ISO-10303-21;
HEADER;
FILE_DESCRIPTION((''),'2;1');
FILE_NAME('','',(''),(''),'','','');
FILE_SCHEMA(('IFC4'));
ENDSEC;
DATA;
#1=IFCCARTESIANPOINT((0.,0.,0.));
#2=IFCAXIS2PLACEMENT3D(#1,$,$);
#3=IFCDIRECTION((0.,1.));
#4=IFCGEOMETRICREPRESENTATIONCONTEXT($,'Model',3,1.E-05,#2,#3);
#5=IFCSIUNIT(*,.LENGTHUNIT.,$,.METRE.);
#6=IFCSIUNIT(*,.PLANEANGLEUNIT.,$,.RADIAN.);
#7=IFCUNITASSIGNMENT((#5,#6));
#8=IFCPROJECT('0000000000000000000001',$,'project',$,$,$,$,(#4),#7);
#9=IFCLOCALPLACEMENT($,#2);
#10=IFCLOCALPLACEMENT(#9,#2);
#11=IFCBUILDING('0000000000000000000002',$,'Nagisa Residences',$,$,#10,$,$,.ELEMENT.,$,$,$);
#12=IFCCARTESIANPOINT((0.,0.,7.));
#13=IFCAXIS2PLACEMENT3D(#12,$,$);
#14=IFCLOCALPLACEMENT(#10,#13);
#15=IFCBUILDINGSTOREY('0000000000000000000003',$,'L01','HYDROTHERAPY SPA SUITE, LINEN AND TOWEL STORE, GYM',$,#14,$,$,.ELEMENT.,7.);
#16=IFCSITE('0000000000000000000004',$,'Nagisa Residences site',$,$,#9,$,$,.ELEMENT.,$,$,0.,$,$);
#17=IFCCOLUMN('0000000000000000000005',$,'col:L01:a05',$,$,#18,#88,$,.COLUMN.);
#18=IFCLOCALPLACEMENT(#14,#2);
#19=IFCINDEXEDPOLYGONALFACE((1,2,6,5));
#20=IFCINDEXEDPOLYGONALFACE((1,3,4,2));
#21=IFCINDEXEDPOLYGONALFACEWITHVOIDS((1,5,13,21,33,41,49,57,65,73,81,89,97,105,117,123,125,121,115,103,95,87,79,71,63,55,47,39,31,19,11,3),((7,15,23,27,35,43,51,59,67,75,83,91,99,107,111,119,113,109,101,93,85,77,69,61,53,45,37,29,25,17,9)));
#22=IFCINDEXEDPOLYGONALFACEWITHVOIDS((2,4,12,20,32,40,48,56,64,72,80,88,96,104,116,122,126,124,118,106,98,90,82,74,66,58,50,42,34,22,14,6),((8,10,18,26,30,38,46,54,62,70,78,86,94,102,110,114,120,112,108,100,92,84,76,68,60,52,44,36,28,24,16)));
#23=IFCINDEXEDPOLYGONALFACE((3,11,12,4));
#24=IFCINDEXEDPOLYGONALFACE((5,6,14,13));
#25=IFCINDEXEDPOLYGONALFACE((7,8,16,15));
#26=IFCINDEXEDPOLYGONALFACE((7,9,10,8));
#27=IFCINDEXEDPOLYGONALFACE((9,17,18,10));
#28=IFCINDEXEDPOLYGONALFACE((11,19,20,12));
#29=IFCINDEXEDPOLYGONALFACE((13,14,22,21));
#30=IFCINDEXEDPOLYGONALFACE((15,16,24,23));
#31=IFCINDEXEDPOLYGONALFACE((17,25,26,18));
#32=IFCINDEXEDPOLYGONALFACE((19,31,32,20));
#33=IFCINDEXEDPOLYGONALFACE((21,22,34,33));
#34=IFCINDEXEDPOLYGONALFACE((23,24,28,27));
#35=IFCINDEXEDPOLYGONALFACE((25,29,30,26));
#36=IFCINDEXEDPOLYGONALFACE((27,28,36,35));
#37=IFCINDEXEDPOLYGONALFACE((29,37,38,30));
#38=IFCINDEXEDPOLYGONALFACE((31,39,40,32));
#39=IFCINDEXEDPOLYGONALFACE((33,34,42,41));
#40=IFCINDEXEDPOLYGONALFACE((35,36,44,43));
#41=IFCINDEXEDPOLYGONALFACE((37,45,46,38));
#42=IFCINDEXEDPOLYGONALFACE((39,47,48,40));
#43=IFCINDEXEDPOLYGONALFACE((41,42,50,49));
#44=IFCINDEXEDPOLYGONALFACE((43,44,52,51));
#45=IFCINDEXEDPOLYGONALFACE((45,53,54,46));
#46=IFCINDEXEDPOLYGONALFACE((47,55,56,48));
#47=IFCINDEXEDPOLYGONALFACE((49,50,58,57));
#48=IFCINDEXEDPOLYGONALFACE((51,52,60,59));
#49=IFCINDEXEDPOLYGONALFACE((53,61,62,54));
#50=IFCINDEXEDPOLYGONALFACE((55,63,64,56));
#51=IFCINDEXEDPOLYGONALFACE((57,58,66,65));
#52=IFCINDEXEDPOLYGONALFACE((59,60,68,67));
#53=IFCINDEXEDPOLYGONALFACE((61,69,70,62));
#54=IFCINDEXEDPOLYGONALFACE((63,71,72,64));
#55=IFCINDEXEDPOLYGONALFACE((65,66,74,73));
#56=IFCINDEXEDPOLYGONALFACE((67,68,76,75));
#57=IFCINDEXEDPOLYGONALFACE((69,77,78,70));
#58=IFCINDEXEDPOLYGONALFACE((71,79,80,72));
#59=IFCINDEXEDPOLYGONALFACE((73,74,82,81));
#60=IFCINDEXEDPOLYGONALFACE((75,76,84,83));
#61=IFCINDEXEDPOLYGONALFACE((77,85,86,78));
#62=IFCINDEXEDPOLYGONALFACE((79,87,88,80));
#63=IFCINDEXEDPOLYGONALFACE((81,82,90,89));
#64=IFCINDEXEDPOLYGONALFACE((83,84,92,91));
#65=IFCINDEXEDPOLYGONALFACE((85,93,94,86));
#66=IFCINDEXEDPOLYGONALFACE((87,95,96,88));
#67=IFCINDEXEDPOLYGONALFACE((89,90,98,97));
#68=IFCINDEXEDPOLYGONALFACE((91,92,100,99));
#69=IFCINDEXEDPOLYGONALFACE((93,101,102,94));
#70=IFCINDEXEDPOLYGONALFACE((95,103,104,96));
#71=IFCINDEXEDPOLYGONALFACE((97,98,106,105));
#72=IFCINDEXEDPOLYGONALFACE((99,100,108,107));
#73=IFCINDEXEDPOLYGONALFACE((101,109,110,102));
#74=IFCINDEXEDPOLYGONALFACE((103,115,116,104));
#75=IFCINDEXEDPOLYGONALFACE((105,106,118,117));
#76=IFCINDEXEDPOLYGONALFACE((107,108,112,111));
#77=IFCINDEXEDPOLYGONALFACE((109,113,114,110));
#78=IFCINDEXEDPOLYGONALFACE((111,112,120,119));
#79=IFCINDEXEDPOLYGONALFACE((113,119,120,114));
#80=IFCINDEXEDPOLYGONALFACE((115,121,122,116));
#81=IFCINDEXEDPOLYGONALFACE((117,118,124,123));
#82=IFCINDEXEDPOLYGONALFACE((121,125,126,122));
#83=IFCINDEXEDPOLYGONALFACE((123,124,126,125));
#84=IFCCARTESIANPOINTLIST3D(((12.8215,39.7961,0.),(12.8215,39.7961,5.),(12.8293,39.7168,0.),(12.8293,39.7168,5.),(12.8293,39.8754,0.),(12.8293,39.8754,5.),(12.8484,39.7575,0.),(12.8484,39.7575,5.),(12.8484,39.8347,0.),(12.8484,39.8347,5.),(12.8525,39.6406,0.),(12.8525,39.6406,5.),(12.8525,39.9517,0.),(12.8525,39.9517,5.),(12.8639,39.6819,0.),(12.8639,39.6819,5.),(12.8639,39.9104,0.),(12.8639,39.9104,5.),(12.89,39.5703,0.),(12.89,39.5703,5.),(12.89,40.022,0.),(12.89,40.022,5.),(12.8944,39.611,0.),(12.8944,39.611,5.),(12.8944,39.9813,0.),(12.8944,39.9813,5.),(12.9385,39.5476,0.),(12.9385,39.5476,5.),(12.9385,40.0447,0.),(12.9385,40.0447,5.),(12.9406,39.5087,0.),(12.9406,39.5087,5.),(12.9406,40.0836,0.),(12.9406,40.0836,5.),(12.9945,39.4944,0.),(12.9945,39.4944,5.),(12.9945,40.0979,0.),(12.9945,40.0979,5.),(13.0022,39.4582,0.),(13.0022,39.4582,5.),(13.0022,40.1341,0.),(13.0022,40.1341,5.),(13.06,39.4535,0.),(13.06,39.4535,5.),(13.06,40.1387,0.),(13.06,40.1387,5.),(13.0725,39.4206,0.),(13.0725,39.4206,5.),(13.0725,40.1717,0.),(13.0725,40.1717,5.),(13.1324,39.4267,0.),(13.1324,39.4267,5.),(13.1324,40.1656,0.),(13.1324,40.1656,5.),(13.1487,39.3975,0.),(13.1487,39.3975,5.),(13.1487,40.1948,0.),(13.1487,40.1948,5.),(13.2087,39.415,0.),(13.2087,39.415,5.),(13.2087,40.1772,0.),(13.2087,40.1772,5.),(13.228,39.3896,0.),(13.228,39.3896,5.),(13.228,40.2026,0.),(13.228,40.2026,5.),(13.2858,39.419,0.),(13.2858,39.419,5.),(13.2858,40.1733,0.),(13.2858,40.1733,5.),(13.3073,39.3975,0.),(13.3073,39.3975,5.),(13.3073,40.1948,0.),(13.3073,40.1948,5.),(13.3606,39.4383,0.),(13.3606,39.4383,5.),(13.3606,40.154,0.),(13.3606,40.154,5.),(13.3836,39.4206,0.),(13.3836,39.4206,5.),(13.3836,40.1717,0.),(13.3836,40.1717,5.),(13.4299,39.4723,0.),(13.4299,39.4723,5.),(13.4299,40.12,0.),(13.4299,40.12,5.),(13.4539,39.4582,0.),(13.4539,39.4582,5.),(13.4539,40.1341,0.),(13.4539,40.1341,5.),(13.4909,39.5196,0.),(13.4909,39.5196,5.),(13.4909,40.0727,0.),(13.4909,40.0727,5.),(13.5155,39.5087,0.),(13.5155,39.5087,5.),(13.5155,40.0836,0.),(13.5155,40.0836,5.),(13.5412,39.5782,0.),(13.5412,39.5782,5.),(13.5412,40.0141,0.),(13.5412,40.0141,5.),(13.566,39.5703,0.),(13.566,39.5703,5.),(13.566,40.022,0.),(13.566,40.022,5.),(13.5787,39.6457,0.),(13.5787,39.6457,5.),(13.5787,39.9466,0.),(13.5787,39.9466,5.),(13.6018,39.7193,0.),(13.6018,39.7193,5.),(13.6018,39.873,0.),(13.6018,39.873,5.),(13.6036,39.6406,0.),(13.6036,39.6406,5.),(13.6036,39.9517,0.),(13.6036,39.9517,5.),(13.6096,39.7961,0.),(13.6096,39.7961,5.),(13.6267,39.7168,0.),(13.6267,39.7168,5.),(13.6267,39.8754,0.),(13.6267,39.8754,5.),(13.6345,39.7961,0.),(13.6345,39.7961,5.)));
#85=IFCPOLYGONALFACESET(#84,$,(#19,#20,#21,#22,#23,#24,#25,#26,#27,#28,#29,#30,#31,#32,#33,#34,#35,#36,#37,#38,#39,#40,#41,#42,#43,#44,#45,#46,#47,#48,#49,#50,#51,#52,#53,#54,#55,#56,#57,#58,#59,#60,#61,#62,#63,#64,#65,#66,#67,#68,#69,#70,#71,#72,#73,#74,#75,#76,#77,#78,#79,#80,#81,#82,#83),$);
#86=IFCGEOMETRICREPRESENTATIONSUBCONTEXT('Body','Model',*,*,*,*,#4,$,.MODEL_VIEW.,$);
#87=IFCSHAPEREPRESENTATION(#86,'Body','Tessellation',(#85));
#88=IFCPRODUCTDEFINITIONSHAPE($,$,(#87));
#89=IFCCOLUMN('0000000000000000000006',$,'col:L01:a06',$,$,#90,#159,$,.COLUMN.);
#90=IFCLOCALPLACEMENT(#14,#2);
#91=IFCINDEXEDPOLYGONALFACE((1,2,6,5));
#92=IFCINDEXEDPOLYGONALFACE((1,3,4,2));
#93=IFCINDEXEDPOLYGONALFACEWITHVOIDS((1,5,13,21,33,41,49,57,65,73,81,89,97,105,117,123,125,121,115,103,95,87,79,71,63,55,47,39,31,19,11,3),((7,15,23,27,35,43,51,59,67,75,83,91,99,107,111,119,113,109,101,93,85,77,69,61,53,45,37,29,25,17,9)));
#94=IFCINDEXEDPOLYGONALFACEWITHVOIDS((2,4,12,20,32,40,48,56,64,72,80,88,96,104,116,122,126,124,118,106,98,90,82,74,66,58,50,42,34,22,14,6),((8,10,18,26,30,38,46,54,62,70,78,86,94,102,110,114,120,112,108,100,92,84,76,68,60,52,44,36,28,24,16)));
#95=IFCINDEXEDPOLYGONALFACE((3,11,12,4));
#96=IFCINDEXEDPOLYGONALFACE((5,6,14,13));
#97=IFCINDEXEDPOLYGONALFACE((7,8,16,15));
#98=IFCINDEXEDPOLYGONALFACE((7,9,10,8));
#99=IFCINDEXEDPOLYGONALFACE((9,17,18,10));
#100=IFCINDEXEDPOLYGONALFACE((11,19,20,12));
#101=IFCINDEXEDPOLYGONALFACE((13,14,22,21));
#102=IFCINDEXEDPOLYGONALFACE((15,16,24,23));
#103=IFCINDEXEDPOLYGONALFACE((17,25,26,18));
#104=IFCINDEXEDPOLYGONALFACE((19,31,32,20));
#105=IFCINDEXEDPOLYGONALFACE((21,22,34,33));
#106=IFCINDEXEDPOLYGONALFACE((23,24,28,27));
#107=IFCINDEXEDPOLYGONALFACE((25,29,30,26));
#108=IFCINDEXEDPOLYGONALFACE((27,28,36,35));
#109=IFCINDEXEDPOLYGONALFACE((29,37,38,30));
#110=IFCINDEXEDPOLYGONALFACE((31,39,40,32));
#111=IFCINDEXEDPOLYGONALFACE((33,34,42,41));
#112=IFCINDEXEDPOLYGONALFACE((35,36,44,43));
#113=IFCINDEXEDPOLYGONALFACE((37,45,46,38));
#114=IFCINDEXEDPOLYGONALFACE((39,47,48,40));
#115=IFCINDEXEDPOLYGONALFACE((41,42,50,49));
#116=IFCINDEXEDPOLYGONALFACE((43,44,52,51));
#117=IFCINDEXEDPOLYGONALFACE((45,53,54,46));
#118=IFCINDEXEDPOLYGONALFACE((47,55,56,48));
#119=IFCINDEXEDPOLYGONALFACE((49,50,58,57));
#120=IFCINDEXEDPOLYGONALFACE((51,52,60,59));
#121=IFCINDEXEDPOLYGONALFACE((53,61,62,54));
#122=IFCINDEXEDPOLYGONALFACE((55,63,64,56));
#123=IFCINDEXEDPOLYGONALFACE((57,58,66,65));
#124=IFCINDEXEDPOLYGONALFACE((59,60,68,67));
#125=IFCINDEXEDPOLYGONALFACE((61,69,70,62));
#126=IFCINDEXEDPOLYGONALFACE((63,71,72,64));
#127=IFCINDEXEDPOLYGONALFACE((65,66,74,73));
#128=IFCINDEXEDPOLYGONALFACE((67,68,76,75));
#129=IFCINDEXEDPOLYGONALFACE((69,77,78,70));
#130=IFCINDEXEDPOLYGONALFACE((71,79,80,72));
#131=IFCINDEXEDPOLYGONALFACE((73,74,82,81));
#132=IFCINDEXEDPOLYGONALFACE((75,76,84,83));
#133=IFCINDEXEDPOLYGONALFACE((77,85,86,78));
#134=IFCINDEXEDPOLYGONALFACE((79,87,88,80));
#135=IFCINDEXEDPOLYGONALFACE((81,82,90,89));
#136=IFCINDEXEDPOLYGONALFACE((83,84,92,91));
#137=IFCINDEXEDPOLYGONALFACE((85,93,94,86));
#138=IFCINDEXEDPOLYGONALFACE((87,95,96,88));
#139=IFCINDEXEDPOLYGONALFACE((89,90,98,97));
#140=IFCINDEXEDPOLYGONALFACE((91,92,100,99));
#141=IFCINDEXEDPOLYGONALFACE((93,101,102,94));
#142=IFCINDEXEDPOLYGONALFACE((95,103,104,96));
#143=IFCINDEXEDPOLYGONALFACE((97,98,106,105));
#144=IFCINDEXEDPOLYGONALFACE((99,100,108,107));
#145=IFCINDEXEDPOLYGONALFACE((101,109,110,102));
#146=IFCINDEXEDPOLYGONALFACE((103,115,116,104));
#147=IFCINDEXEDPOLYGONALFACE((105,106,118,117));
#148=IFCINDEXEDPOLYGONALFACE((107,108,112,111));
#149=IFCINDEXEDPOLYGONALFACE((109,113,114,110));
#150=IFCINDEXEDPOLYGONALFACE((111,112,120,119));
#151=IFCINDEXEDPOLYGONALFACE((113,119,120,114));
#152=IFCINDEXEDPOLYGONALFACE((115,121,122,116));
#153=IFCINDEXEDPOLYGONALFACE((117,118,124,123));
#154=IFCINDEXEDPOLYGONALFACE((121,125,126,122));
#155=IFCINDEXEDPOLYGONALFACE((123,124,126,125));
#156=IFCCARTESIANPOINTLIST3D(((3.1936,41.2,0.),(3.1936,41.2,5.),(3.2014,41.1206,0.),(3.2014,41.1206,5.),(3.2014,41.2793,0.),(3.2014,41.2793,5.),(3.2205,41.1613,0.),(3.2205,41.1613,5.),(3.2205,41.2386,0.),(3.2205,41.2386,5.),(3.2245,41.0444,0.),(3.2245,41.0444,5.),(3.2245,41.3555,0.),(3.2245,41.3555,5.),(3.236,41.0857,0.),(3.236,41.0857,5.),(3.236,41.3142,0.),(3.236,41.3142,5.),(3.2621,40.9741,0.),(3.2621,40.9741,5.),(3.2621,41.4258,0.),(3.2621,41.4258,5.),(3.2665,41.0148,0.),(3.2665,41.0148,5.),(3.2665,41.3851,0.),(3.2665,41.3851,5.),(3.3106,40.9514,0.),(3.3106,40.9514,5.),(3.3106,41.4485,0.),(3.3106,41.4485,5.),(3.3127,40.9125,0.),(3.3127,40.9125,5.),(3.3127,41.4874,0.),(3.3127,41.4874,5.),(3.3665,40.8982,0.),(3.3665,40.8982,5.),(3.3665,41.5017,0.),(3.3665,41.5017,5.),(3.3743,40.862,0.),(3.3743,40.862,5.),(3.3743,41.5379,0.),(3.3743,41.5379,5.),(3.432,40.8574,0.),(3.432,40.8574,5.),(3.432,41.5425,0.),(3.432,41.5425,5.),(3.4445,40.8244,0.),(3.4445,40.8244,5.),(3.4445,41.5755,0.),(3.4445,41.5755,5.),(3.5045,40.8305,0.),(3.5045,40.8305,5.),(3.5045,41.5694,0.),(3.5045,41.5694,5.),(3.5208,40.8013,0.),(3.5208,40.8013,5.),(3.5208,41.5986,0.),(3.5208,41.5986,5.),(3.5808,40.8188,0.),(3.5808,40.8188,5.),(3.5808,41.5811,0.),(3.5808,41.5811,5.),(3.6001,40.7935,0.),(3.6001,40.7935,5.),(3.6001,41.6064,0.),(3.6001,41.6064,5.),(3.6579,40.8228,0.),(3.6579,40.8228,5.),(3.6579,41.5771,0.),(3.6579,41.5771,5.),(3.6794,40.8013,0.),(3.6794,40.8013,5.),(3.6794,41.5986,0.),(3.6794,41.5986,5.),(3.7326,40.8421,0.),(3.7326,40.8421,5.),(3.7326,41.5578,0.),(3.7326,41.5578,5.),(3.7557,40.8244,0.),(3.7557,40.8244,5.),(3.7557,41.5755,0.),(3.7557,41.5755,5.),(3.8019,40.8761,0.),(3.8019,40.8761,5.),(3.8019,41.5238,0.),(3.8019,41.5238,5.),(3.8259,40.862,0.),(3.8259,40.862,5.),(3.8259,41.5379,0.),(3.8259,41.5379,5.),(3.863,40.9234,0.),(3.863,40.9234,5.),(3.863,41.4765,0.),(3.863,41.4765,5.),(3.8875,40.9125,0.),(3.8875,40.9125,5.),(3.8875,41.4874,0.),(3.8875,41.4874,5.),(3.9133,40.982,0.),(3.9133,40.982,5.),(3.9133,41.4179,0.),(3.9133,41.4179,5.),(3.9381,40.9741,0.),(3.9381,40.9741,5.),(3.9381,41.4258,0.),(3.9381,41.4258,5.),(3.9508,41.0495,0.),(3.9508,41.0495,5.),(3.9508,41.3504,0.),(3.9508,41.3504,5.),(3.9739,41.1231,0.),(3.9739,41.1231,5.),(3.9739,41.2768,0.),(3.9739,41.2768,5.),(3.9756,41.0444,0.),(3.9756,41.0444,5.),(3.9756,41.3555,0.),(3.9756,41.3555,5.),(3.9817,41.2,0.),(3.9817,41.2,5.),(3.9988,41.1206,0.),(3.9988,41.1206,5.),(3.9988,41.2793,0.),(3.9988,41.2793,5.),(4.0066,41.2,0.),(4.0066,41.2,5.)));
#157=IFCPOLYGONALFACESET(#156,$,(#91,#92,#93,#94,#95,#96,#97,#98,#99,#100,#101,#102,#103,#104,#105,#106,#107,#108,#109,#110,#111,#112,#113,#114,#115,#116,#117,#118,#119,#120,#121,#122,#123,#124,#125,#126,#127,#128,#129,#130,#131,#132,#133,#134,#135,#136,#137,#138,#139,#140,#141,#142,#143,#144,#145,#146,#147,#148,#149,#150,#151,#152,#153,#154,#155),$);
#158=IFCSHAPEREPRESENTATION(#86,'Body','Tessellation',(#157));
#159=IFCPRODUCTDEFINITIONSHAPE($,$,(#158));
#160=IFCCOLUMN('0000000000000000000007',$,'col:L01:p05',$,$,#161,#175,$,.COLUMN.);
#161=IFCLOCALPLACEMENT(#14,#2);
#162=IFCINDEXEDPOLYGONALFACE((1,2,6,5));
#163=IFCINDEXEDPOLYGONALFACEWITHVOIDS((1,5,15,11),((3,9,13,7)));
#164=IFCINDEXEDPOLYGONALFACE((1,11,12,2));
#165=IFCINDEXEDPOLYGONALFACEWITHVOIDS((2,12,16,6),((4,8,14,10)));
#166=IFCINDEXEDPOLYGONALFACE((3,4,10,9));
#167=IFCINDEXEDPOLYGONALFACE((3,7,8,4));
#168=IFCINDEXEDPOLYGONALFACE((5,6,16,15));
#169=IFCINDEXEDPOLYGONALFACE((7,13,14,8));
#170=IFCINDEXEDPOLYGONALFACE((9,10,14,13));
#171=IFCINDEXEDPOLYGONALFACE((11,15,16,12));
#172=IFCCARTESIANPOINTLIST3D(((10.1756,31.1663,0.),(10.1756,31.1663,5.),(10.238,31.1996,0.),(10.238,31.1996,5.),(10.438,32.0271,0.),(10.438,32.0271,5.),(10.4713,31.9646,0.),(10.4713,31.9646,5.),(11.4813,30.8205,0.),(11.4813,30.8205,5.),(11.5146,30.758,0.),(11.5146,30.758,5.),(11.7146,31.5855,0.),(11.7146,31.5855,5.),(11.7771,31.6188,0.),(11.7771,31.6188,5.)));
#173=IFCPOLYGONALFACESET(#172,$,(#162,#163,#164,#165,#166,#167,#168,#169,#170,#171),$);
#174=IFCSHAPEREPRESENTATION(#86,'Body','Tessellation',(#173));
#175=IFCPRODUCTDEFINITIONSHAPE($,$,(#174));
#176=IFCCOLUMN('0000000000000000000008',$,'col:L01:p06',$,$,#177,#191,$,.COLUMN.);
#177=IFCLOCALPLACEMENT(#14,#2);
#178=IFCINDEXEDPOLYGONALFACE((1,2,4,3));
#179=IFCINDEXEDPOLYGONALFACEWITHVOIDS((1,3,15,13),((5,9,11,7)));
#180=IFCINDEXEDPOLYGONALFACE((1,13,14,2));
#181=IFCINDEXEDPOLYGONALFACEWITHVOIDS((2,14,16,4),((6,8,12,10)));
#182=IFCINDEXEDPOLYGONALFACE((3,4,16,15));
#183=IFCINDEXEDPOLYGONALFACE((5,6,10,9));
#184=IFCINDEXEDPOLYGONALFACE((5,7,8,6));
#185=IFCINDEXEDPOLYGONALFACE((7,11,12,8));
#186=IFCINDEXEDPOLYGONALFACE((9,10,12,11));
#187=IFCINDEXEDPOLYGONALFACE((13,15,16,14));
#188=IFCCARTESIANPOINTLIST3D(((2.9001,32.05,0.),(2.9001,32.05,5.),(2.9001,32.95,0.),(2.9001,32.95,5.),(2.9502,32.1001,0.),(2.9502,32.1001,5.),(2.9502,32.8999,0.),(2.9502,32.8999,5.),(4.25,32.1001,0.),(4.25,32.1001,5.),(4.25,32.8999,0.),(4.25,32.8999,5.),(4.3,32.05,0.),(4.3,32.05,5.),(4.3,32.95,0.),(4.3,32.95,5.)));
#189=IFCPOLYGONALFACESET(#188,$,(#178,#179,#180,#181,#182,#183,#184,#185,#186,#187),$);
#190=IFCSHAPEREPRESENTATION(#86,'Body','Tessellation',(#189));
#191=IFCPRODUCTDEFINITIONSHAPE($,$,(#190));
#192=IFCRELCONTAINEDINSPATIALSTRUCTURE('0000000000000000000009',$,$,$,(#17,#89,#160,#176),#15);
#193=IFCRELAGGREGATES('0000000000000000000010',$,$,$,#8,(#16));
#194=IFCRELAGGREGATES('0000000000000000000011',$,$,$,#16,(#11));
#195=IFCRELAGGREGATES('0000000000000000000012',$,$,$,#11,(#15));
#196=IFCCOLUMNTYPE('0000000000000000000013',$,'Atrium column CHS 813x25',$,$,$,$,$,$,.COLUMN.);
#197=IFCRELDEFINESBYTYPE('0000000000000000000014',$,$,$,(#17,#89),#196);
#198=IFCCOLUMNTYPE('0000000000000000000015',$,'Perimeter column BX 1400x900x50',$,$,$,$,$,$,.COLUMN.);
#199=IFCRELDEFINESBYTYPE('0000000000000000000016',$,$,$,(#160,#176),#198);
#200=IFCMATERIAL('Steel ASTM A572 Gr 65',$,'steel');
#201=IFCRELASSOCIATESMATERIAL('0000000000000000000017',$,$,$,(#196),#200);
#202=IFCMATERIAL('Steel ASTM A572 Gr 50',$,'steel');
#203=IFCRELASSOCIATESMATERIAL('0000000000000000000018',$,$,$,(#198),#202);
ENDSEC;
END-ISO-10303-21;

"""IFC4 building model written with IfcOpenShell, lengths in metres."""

from ifc_helpers import new_model, si_unit, direction, frame, origin, origin_2d, place, context, subcontext, project, spatial, hollow_rectangle, hollow_circle, extrude, material, material_profile, profile_set, type_object, element, save


model = new_model("IFC4")

# Units and contexts
model_context = context("Model", 3, precision=1e-05, world=origin(), true_north=direction((0.0, 1.0)))
body_context = subcontext(model_context, "Body", "Model", "MODEL_VIEW")
ifc_project = project(units=[si_unit("LENGTHUNIT", "METRE"), si_unit("PLANEANGLEUNIT", "RADIAN")], contexts=[model_context])

# Site, building, storey
site_placement = place(None, origin())
site = spatial("IfcSite", under=ifc_project, at=site_placement, Name="Nagisa Residences site", CompositionType="ELEMENT", RefElevation=0.0)
building_placement = place(site_placement, origin())
building = spatial("IfcBuilding", under=site, at=building_placement, Name="Nagisa Residences", CompositionType="ELEMENT")
storey_placement = place(building_placement, frame((0.0, 0.0, 7.0)))
storey = spatial("IfcBuildingStorey", under=building, at=storey_placement, Name="L01", Description="HYDROTHERAPY SPA SUITE, LINEN AND TOWEL STORE, GYM", CompositionType="ELEMENT", Elevation=7.0)

# Columns
ifc_material_1 = material(Name="Steel ASTM A572 Gr 65", Category="steel")
ifc_material_profile_1 = material_profile(ifc_material_1, hollow_circle(Radius=0.4065, WallThickness=0.0249, at=origin_2d()), Name="CHS 813x25")
ifc_profile_set_1 = profile_set([ifc_material_profile_1], Name="Steel ASTM A572 Gr 65")
column_type_1 = type_object("IfcColumnType", Name="Atrium column CHS 813x25", PredefinedType="COLUMN", material=ifc_profile_set_1)
for number, where, z_axis, x_axis, name in (
    (1, (13.228, 39.7961, 0.0), (0.0, 0.0, 1.0), (1.0, 0.0, 0.0), "col:L01:a05"),
    (2, (3.6001, 41.2, 0.0), (0.0, 0.0, 1.0), (1.0, 0.0, 0.0), "col:L01:a06"),
):
    element("IfcColumn", number, at=place(storey_placement, frame(where, z_axis=z_axis, x_axis=x_axis)), inside=storey, type_object=column_type_1, Name=name, PredefinedType="COLUMN", context=body_context, shape_type="SweptSolid", body=[
        extrude(hollow_circle(Radius=0.4065, WallThickness=0.0249, at=origin_2d()), origin(), (0.0, 0.0, 1.0), 5.0),
    ])
ifc_material_2 = material(Name="Steel ASTM A572 Gr 50", Category="steel")
ifc_material_profile_2 = material_profile(ifc_material_2, hollow_rectangle(XDim=1.3999, YDim=0.8999, WallThickness=0.05, at=origin_2d()), Name="BX 1400x900x50")
ifc_profile_set_2 = profile_set([ifc_material_profile_2], Name="Steel ASTM A572 Gr 50")
column_type_2 = type_object("IfcColumnType", Name="Perimeter column BX 1400x900x50", PredefinedType="COLUMN", material=ifc_profile_set_2)
for number, where, z_axis, x_axis, name in (
    (3, (10.9763, 31.3926, 0.0), (0.0, 0.0, 1.0), (-0.956525, 0.291652, 0.0), "col:L01:p05"),
    (4, (3.6001, 32.5, 0.0), (0.0, 0.0, 1.0), (-1.0, 0.0, 0.0), "col:L01:p06"),
):
    element("IfcColumn", number, at=place(storey_placement, frame(where, z_axis=z_axis, x_axis=x_axis)), inside=storey, type_object=column_type_2, Name=name, PredefinedType="COLUMN", context=body_context, shape_type="SweptSolid", body=[
        extrude(hollow_rectangle(XDim=1.3999, YDim=0.8999, WallThickness=0.05, at=origin_2d()), origin(), (0.0, 0.0, 1.0), 5.0),
    ])

save(model, "model.ifc")
